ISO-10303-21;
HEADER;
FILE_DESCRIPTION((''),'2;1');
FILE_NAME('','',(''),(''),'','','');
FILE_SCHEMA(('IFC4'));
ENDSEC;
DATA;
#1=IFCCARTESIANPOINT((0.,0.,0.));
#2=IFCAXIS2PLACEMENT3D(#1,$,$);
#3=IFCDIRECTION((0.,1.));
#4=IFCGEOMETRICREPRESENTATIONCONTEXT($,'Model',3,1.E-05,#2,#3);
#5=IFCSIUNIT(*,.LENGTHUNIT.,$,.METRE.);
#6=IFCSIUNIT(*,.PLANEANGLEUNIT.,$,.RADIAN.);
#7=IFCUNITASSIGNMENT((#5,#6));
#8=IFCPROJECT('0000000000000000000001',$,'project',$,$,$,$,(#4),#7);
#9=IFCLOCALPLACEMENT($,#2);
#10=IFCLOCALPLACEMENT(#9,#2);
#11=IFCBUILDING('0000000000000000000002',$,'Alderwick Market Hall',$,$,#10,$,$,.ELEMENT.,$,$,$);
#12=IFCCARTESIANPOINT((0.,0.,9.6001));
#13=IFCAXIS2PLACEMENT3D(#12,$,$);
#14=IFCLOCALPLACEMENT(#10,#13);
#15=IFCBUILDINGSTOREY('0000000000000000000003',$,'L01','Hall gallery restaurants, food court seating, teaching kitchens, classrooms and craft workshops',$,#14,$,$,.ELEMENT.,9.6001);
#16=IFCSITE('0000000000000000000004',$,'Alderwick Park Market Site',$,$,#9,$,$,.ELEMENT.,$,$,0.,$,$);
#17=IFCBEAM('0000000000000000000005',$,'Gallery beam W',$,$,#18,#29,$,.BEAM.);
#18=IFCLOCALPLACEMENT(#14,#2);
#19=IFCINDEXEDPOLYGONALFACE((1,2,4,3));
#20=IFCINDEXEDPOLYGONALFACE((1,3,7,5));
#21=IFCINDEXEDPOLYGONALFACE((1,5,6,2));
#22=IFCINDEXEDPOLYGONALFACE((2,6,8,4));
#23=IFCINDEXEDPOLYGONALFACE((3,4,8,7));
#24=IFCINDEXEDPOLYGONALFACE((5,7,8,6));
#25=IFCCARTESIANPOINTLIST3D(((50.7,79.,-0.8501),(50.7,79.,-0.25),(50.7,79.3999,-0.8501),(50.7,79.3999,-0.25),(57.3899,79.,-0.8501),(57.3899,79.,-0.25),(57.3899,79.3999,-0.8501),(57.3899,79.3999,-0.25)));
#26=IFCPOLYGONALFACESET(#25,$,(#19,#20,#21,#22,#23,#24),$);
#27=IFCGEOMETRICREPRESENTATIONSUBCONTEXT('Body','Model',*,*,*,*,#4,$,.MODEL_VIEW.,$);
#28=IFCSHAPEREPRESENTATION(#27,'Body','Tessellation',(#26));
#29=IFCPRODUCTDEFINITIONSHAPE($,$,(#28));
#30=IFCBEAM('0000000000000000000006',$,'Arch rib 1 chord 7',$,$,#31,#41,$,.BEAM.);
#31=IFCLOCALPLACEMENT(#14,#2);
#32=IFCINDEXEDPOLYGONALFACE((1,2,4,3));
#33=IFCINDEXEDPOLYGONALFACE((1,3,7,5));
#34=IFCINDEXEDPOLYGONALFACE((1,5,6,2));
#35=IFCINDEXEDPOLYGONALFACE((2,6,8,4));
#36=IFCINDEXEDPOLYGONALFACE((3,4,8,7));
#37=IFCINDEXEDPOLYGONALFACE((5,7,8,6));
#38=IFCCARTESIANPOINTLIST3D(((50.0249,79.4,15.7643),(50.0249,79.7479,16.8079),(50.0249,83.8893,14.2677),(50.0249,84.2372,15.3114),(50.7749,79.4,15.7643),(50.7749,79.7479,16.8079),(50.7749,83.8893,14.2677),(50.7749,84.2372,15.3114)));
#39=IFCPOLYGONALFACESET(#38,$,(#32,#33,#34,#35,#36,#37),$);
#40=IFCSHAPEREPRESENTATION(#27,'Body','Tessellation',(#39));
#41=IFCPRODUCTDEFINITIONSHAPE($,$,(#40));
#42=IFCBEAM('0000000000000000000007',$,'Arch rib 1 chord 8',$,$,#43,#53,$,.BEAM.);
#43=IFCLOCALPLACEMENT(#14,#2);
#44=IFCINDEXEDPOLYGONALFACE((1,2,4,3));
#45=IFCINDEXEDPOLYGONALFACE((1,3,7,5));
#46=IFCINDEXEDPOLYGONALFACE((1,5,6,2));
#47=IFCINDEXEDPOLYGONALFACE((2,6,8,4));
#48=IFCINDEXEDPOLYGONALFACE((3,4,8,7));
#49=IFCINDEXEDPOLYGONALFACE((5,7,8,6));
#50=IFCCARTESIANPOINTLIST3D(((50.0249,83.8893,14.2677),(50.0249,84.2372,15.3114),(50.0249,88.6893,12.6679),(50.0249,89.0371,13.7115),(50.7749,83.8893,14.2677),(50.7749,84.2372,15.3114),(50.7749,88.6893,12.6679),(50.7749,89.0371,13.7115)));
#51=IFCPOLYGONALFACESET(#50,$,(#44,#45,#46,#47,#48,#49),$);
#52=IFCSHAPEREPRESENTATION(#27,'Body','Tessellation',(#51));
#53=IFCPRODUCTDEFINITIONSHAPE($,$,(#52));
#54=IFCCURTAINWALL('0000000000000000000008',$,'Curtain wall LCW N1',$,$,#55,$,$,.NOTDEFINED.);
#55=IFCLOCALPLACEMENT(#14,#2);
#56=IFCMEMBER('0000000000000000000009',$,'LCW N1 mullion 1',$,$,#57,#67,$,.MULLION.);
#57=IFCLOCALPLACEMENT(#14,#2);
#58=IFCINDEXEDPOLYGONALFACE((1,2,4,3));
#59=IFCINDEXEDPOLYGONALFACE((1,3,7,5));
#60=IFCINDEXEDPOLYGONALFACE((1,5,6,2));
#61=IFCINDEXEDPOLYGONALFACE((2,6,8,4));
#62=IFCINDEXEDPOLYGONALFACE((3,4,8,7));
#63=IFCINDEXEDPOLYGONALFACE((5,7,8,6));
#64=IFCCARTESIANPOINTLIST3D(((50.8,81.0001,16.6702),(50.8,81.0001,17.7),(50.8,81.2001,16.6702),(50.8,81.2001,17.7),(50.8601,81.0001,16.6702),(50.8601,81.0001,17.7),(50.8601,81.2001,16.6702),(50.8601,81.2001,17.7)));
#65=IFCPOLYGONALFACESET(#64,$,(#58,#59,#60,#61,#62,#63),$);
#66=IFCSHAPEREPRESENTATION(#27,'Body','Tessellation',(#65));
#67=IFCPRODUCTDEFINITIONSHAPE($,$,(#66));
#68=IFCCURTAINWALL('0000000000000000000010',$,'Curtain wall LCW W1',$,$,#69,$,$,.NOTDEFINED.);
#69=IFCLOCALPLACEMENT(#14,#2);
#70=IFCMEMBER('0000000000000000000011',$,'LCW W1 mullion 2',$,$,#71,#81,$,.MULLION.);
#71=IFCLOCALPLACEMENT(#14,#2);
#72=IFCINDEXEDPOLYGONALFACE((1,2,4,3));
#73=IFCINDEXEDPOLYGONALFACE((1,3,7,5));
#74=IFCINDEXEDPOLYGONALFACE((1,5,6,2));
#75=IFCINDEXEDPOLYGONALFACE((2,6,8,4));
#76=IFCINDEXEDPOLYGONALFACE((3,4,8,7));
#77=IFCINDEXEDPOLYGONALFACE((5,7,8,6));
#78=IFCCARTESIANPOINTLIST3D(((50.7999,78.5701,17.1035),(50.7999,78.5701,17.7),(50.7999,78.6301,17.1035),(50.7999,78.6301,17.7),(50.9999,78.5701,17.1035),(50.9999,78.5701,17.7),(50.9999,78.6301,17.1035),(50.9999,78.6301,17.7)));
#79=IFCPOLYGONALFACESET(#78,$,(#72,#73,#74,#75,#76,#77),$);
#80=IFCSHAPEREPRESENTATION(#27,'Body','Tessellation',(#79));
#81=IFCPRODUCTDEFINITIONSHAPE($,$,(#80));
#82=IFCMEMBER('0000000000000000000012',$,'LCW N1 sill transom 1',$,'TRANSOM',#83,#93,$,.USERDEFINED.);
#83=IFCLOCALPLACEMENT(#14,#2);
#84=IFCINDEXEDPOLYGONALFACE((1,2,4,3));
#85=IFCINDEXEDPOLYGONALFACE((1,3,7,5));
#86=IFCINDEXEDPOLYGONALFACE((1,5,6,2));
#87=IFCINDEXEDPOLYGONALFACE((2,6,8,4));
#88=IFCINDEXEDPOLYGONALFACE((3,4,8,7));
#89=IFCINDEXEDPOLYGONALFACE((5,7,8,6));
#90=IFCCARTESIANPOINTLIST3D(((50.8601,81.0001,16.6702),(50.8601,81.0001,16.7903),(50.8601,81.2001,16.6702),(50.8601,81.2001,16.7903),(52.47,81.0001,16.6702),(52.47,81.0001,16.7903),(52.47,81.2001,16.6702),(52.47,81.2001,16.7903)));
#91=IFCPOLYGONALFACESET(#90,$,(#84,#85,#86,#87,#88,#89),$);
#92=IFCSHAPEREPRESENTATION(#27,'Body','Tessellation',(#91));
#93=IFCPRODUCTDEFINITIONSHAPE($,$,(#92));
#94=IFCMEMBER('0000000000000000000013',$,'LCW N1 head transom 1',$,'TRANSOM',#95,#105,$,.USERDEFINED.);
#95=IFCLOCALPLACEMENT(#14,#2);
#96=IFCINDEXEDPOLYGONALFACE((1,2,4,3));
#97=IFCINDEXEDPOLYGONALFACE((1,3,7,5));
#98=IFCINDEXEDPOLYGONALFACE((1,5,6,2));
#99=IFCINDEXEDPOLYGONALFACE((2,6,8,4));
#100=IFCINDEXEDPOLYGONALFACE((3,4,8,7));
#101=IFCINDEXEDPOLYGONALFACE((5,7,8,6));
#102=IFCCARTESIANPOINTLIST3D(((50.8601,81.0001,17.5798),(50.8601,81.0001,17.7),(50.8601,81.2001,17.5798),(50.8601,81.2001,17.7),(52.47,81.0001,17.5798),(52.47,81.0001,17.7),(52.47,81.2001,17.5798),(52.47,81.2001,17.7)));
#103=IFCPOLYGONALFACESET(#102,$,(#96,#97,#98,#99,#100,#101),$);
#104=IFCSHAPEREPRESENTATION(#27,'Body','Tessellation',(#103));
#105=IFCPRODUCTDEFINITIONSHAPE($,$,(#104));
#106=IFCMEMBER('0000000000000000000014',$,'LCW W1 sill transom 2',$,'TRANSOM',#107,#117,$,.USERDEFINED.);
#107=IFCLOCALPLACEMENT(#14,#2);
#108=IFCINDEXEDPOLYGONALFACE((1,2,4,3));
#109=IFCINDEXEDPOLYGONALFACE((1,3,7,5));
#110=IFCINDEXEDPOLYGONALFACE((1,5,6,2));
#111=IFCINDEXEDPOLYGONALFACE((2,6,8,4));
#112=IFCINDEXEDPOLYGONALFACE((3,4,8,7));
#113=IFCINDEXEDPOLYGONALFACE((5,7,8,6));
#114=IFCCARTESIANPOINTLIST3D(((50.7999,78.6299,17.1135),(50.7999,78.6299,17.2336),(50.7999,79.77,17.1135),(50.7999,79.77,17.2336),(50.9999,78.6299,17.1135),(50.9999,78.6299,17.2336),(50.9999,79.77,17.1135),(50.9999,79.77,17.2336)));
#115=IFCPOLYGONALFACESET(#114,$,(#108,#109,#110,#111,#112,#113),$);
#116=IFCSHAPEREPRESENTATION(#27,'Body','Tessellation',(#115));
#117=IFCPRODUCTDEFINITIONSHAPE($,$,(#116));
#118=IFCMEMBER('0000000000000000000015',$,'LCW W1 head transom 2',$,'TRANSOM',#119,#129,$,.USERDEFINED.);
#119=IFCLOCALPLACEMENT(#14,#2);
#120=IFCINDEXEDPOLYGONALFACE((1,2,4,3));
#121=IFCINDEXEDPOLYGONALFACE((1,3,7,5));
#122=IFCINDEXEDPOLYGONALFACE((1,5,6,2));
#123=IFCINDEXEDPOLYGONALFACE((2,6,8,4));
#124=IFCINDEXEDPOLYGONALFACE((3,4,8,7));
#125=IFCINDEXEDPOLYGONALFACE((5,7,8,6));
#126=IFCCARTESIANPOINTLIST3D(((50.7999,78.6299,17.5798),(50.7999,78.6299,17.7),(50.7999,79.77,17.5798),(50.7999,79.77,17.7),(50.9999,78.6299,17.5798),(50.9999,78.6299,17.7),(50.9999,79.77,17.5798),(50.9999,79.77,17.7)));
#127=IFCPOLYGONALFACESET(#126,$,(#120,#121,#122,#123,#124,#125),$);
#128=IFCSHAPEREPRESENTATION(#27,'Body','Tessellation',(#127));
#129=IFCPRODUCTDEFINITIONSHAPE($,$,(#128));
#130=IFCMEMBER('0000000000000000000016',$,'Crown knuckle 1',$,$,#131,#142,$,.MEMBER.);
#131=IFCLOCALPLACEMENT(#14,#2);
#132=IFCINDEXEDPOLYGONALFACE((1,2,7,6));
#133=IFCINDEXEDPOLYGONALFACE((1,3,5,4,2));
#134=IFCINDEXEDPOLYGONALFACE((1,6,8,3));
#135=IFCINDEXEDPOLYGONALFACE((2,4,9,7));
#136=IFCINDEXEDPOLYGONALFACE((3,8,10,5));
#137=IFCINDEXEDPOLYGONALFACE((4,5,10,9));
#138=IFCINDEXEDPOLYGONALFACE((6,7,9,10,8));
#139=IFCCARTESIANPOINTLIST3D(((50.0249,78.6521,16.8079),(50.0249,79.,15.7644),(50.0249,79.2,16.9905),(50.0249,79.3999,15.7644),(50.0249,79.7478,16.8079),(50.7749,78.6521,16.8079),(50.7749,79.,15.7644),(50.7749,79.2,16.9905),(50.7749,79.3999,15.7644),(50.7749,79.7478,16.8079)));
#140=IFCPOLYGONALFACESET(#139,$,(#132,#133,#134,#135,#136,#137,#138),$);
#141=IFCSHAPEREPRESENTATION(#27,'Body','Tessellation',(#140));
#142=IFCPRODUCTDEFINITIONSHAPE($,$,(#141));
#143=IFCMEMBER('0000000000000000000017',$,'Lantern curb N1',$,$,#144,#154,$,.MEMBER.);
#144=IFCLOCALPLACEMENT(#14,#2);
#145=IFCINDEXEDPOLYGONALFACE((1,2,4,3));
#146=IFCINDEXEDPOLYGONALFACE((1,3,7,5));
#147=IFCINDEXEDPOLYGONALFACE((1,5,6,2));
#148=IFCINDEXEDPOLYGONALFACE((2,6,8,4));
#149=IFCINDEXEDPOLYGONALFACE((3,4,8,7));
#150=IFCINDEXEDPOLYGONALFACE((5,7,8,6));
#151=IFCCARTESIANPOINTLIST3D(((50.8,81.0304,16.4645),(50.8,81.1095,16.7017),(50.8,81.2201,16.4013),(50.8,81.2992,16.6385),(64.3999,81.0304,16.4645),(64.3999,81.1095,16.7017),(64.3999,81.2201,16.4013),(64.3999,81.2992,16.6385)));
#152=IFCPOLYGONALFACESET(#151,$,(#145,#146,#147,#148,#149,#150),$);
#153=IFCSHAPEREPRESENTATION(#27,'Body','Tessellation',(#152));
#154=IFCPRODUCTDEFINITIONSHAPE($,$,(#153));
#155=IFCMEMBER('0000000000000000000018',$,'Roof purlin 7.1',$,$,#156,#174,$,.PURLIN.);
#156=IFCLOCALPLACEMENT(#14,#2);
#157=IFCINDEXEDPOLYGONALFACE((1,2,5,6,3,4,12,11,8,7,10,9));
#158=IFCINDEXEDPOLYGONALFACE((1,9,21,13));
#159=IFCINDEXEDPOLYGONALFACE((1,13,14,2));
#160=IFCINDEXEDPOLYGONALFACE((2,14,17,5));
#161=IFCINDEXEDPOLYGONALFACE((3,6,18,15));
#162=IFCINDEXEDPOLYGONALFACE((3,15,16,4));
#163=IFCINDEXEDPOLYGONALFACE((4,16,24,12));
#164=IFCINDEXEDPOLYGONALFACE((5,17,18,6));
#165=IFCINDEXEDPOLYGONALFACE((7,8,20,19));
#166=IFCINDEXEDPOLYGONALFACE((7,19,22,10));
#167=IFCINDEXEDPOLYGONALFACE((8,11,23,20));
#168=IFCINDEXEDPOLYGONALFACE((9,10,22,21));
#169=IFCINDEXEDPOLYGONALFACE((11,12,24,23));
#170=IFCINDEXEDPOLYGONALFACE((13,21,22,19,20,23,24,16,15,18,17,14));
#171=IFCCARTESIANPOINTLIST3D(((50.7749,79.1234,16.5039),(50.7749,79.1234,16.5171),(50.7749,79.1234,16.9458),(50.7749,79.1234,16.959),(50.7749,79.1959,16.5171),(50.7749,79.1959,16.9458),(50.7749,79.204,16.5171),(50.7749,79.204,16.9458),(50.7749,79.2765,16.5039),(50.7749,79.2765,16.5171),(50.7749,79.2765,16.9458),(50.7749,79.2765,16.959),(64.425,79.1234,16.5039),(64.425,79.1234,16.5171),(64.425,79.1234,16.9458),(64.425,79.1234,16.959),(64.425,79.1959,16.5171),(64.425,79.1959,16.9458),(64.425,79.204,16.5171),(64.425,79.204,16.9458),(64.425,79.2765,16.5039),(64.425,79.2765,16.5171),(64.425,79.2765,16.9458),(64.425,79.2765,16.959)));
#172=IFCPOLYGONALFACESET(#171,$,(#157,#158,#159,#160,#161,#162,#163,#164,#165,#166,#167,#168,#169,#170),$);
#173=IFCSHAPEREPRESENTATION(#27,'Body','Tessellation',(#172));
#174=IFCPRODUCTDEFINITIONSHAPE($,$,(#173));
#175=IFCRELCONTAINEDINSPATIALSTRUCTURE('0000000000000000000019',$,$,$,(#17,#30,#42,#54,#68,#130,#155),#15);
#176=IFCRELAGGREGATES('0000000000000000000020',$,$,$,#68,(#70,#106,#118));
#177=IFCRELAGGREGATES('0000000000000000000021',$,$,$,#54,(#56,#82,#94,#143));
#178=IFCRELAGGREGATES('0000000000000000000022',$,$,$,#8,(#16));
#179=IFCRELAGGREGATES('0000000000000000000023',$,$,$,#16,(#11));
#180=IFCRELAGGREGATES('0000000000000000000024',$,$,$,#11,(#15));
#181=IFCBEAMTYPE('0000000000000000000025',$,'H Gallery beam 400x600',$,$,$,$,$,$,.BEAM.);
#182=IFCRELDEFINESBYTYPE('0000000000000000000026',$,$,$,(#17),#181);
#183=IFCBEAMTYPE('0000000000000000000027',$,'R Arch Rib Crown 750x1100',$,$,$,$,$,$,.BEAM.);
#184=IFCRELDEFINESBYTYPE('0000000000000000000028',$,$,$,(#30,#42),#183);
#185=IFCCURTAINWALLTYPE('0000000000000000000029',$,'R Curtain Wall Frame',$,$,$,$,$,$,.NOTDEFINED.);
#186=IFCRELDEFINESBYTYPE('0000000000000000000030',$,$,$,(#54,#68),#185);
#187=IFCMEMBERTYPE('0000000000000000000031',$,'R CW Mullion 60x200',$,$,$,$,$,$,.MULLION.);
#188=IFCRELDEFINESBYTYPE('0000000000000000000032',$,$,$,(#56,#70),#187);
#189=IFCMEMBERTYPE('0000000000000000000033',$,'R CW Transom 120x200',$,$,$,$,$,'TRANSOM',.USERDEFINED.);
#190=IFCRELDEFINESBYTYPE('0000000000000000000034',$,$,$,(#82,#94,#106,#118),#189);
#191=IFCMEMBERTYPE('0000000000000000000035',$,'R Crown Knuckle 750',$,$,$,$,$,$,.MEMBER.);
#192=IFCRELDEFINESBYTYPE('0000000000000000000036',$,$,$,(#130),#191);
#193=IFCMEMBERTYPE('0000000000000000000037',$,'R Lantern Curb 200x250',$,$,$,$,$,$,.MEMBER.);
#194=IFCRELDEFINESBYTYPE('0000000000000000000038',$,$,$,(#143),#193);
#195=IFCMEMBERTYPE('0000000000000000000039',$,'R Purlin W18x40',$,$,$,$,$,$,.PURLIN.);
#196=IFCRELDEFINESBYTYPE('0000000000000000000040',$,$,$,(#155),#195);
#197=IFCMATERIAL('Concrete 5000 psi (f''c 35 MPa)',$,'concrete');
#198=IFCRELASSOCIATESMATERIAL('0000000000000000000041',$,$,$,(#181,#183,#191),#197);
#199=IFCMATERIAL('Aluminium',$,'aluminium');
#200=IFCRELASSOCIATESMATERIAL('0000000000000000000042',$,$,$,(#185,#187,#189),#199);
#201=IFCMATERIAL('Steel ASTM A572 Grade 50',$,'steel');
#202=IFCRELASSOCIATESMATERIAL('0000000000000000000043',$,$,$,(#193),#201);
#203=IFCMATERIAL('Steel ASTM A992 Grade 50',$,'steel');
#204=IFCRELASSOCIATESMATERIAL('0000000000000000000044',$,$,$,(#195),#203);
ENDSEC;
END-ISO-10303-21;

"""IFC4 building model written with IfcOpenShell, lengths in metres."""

from ifc_helpers import new_model, si_unit, direction, frame, origin, origin_2d, place, context, subcontext, project, spatial, polyline, rectangle, i_section, outline, extrude, material, material_profile, profile_set, type_object, element, aggregate, save


model = new_model("IFC4")

# Units and contexts
model_context = context("Model", 3, precision=1e-05, world=origin(), true_north=direction((0.0, 1.0)))
body_context = subcontext(model_context, "Body", "Model", "MODEL_VIEW")
ifc_project = project(units=[si_unit("LENGTHUNIT", "METRE"), si_unit("PLANEANGLEUNIT", "RADIAN")], contexts=[model_context])

# Site, building, storey
site_placement = place(None, origin())
site = spatial("IfcSite", under=ifc_project, at=site_placement, Name="Alderwick Park Market Site", CompositionType="ELEMENT", RefElevation=0.0)
building_placement = place(site_placement, origin())
building = spatial("IfcBuilding", under=site, at=building_placement, Name="Alderwick Market Hall", CompositionType="ELEMENT")
storey_placement = place(building_placement, frame((0.0, 0.0, 9.6001)))
storey = spatial("IfcBuildingStorey", under=building, at=storey_placement, Name="L01", Description="Hall gallery restaurants, food court seating, teaching kitchens, classrooms and craft workshops", CompositionType="ELEMENT", Elevation=9.6001)

# Beams
ifc_material_1 = material(Name="Concrete 5000 psi (f'c 35 MPa)", Category="concrete")
ifc_material_profile_1 = material_profile(ifc_material_1, rectangle(XDim=0.3999, YDim=0.6001, at=origin_2d()), Name="RC 400x600")
ifc_profile_set_1 = profile_set([ifc_material_profile_1], Name="Concrete 5000 psi (f'c 35 MPa)")
beam_type_1 = type_object("IfcBeamType", Name="H Gallery beam 400x600", PredefinedType="BEAM", material=ifc_profile_set_1)
beam_1_placement = place(storey_placement, frame((50.7, 79.2, -0.55), z_axis=(1.0, 0.0, 0.0), x_axis=(0.0, 1.0, 0.0)))
element("IfcBeam", 1, at=beam_1_placement, inside=storey, type_object=beam_type_1, Name="Gallery beam W", PredefinedType="BEAM", context=body_context, shape_type="SweptSolid", body=[
    extrude(rectangle(XDim=0.3999, YDim=0.6001, at=origin_2d()), origin(), (0.0, 0.0, 1.0), 6.6899),
])
ifc_material_profile_2 = material_profile(ifc_material_1, rectangle(XDim=0.75, YDim=1.1001, at=origin_2d()), Name="RC 750x1100")
ifc_profile_set_2 = profile_set([ifc_material_profile_2], Name="Concrete 5000 psi (f'c 35 MPa)")
beam_type_2 = type_object("IfcBeamType", Name="R Arch Rib Crown 750x1100", PredefinedType="BEAM", material=ifc_profile_set_2)
beam_2_placement = place(storey_placement, frame((50.3999, 79.574, 16.2861), z_axis=(0.0, 0.948673, -0.316259), x_axis=(-1.0, 0.0, 0.0)))
element("IfcBeam", 2, at=beam_2_placement, inside=storey, type_object=beam_type_2, Name="Arch rib 1 chord 7", PredefinedType="BEAM", context=body_context, shape_type="SweptSolid", body=[
    extrude(rectangle(XDim=0.75, YDim=1.1001, at=origin_2d()), origin(), (0.0, 0.0, 1.0), 4.7322),
])
beam_3_placement = place(storey_placement, frame((50.3999, 84.0632, 14.7896), z_axis=(0.0, 0.948693, -0.316199), x_axis=(-1.0, 0.0, 0.0)))
element("IfcBeam", 3, at=beam_3_placement, inside=storey, type_object=beam_type_2, Name="Arch rib 1 chord 8", PredefinedType="BEAM", context=body_context, shape_type="SweptSolid", body=[
    extrude(rectangle(XDim=0.75, YDim=1.1001, at=origin_2d()), origin(), (0.0, 0.0, 1.0), 5.0596),
])

# Curtain walls, members
ifc_material_2 = material(Name="Aluminium", Category="aluminium")
curtain_wall_type = type_object("IfcCurtainWallType", Name="R Curtain Wall Frame", PredefinedType="NOTDEFINED", material=ifc_material_2)
curtain_wall_1_placement = place(storey_placement, origin())
curtain_wall_1 = element("IfcCurtainWall", 4, at=curtain_wall_1_placement, inside=storey, type_object=curtain_wall_type, Name="Curtain wall LCW N1", PredefinedType="NOTDEFINED")
ifc_material_profile_3 = material_profile(ifc_material_2, rectangle(XDim=0.2, YDim=0.0601, at=origin_2d()), Name="AL 60x200")
ifc_profile_set_3 = profile_set([ifc_material_profile_3], Name="Aluminium")
member_type_1 = type_object("IfcMemberType", Name="R CW Mullion 60x200", PredefinedType="MULLION", material=ifc_profile_set_3)
member_1_placement = place(storey_placement, frame((50.8301, 81.1001, 16.6702), z_axis=(0.0, 0.0, 1.0), x_axis=(0.0, 1.0, 0.0)))
member_1 = element("IfcMember", 5, at=member_1_placement, type_object=member_type_1, Name="LCW N1 mullion 1", PredefinedType="MULLION", context=body_context, shape_type="SweptSolid", body=[
    extrude(rectangle(XDim=0.2, YDim=0.0601, at=origin_2d()), origin(), (0.0, 0.0, 1.0), 1.0298),
])
curtain_wall_2_placement = place(storey_placement, origin())
curtain_wall_2 = element("IfcCurtainWall", 6, at=curtain_wall_2_placement, inside=storey, type_object=curtain_wall_type, Name="Curtain wall LCW W1", PredefinedType="NOTDEFINED")
member_2_placement = place(storey_placement, frame((50.8999, 78.6001, 17.1035), z_axis=(0.0, 0.0, 1.0), x_axis=(1.0, 0.0, 0.0)))
member_2 = element("IfcMember", 7, at=member_2_placement, type_object=member_type_1, Name="LCW W1 mullion 2", PredefinedType="MULLION", context=body_context, shape_type="SweptSolid", body=[
    extrude(rectangle(XDim=0.2, YDim=0.0601, at=origin_2d()), origin(), (0.0, 0.0, 1.0), 0.5964),
])

# Members
ifc_material_profile_4 = material_profile(ifc_material_2, rectangle(XDim=0.2, YDim=0.1201, at=origin_2d()), Name="AL 120x200")
ifc_profile_set_4 = profile_set([ifc_material_profile_4], Name="Aluminium")
member_type_2 = type_object("IfcMemberType", Name="R CW Transom 120x200", ElementType="TRANSOM", PredefinedType="USERDEFINED", material=ifc_profile_set_4)
member_3_placement = place(storey_placement, frame((50.8601, 81.1001, 16.7302), z_axis=(1.0, 0.0, 0.0), x_axis=(0.0, 1.0, 0.0)))
member_3 = element("IfcMember", 8, at=member_3_placement, type_object=member_type_2, Name="LCW N1 sill transom 1", ObjectType="TRANSOM", PredefinedType="USERDEFINED", context=body_context, shape_type="SweptSolid", body=[
    extrude(rectangle(XDim=0.2, YDim=0.1201, at=origin_2d()), origin(), (0.0, 0.0, 1.0), 1.6099),
])
member_4_placement = place(storey_placement, frame((50.8601, 81.1001, 17.6399), z_axis=(1.0, 0.0, 0.0), x_axis=(0.0, 1.0, 0.0)))
member_4 = element("IfcMember", 9, at=member_4_placement, type_object=member_type_2, Name="LCW N1 head transom 1", ObjectType="TRANSOM", PredefinedType="USERDEFINED", context=body_context, shape_type="SweptSolid", body=[
    extrude(rectangle(XDim=0.2, YDim=0.1201, at=origin_2d()), origin(), (0.0, 0.0, 1.0), 1.6099),
])
member_5_placement = place(storey_placement, frame((50.8999, 78.6299, 17.1736), z_axis=(0.0, 1.0, 0.0), x_axis=(-1.0, 0.0, 0.0)))
member_5 = element("IfcMember", 10, at=member_5_placement, type_object=member_type_2, Name="LCW W1 sill transom 2", ObjectType="TRANSOM", PredefinedType="USERDEFINED", context=body_context, shape_type="SweptSolid", body=[
    extrude(rectangle(XDim=0.2, YDim=0.1201, at=origin_2d()), origin(), (0.0, 0.0, 1.0), 1.1401),
])
member_6_placement = place(storey_placement, frame((50.8999, 78.6299, 17.6399), z_axis=(0.0, 1.0, 0.0), x_axis=(-1.0, 0.0, 0.0)))
member_6 = element("IfcMember", 11, at=member_6_placement, type_object=member_type_2, Name="LCW W1 head transom 2", ObjectType="TRANSOM", PredefinedType="USERDEFINED", context=body_context, shape_type="SweptSolid", body=[
    extrude(rectangle(XDim=0.2, YDim=0.1201, at=origin_2d()), origin(), (0.0, 0.0, 1.0), 1.1401),
])
ifc_material_profile_5 = material_profile(ifc_material_1, outline(polyline([(-0.2, 0.0), (-0.5479, 1.0435), (0.0, 1.2261), (0.5479, 1.0435), (0.2, 0.0), (-0.2, 0.0)])), Name="RC crown knuckle")
ifc_profile_set_5 = profile_set([ifc_material_profile_5], Name="Concrete 5000 psi (f'c 35 MPa)")
member_type_3 = type_object("IfcMemberType", Name="R Crown Knuckle 750", PredefinedType="MEMBER", material=ifc_profile_set_5)
member_7_placement = place(storey_placement, frame((50.0249, 79.2, 15.7644), z_axis=(1.0, 0.0, 0.0), x_axis=(0.0, 1.0, 0.0)))
element("IfcMember", 12, at=member_7_placement, inside=storey, type_object=member_type_3, Name="Crown knuckle 1", PredefinedType="MEMBER", context=body_context, shape_type="SweptSolid", body=[
    extrude(outline(polyline([(-0.2, 0.0), (-0.5479, 1.0435), (0.0, 1.2261), (0.5479, 1.0435), (0.2, 0.0), (-0.2, 0.0)])), origin(), (0.0, 0.0, 1.0), 0.75),
])
ifc_material_3 = material(Name="Steel ASTM A572 Grade 50", Category="steel")
ifc_material_profile_6 = material_profile(ifc_material_3, rectangle(XDim=0.2, YDim=0.25, at=origin_2d()), Name="Steel plate curb 200x250")
ifc_profile_set_6 = profile_set([ifc_material_profile_6], Name="Steel ASTM A572 Grade 50")
member_type_4 = type_object("IfcMemberType", Name="R Lantern Curb 200x250", PredefinedType="MEMBER", material=ifc_profile_set_6)
member_8_placement = place(storey_placement, frame((50.8, 81.1648, 16.5515), z_axis=(1.0, 0.0, 0.0), x_axis=(0.0, 0.948683, -0.316228)))
member_8 = element("IfcMember", 13, at=member_8_placement, type_object=member_type_4, Name="Lantern curb N1", PredefinedType="MEMBER", context=body_context, shape_type="SweptSolid", body=[
    extrude(rectangle(XDim=0.2, YDim=0.25, at=origin_2d()), origin(), (0.0, 0.0, 1.0), 13.5999),
])

# Member
ifc_material_4 = material(Name="Steel ASTM A992 Grade 50", Category="steel")
ifc_material_profile_7 = material_profile(ifc_material_4, i_section(OverallWidth=0.1531, OverallDepth=0.4551, WebThickness=0.0081, FlangeThickness=0.0132, at=origin_2d()), Name="W18x40")
ifc_profile_set_7 = profile_set([ifc_material_profile_7], Name="Steel ASTM A992 Grade 50")
member_type_5 = type_object("IfcMemberType", Name="R Purlin W18x40", PredefinedType="PURLIN", material=ifc_profile_set_7)
for number, where, z_axis, x_axis, name in (
    (14, (50.7749, 79.2, 16.7314), (1.0, 0.0, 0.0), (0.0, 1.0, 0.0), "Roof purlin 7.1"),
):
    element("IfcMember", number, at=place(storey_placement, frame(where, z_axis=z_axis, x_axis=x_axis)), inside=storey, type_object=member_type_5, Name=name, PredefinedType="PURLIN", context=body_context, shape_type="SweptSolid", body=[
        extrude(i_section(OverallWidth=0.1531, OverallDepth=0.4551, WebThickness=0.0081, FlangeThickness=0.0132, at=origin_2d()), origin(), (0.0, 0.0, 1.0), 13.6501),
    ])

aggregate(curtain_wall_2, [member_2, member_5, member_6])
aggregate(curtain_wall_1, [member_1, member_3, member_4, member_8])

save(model, "model.ifc")
